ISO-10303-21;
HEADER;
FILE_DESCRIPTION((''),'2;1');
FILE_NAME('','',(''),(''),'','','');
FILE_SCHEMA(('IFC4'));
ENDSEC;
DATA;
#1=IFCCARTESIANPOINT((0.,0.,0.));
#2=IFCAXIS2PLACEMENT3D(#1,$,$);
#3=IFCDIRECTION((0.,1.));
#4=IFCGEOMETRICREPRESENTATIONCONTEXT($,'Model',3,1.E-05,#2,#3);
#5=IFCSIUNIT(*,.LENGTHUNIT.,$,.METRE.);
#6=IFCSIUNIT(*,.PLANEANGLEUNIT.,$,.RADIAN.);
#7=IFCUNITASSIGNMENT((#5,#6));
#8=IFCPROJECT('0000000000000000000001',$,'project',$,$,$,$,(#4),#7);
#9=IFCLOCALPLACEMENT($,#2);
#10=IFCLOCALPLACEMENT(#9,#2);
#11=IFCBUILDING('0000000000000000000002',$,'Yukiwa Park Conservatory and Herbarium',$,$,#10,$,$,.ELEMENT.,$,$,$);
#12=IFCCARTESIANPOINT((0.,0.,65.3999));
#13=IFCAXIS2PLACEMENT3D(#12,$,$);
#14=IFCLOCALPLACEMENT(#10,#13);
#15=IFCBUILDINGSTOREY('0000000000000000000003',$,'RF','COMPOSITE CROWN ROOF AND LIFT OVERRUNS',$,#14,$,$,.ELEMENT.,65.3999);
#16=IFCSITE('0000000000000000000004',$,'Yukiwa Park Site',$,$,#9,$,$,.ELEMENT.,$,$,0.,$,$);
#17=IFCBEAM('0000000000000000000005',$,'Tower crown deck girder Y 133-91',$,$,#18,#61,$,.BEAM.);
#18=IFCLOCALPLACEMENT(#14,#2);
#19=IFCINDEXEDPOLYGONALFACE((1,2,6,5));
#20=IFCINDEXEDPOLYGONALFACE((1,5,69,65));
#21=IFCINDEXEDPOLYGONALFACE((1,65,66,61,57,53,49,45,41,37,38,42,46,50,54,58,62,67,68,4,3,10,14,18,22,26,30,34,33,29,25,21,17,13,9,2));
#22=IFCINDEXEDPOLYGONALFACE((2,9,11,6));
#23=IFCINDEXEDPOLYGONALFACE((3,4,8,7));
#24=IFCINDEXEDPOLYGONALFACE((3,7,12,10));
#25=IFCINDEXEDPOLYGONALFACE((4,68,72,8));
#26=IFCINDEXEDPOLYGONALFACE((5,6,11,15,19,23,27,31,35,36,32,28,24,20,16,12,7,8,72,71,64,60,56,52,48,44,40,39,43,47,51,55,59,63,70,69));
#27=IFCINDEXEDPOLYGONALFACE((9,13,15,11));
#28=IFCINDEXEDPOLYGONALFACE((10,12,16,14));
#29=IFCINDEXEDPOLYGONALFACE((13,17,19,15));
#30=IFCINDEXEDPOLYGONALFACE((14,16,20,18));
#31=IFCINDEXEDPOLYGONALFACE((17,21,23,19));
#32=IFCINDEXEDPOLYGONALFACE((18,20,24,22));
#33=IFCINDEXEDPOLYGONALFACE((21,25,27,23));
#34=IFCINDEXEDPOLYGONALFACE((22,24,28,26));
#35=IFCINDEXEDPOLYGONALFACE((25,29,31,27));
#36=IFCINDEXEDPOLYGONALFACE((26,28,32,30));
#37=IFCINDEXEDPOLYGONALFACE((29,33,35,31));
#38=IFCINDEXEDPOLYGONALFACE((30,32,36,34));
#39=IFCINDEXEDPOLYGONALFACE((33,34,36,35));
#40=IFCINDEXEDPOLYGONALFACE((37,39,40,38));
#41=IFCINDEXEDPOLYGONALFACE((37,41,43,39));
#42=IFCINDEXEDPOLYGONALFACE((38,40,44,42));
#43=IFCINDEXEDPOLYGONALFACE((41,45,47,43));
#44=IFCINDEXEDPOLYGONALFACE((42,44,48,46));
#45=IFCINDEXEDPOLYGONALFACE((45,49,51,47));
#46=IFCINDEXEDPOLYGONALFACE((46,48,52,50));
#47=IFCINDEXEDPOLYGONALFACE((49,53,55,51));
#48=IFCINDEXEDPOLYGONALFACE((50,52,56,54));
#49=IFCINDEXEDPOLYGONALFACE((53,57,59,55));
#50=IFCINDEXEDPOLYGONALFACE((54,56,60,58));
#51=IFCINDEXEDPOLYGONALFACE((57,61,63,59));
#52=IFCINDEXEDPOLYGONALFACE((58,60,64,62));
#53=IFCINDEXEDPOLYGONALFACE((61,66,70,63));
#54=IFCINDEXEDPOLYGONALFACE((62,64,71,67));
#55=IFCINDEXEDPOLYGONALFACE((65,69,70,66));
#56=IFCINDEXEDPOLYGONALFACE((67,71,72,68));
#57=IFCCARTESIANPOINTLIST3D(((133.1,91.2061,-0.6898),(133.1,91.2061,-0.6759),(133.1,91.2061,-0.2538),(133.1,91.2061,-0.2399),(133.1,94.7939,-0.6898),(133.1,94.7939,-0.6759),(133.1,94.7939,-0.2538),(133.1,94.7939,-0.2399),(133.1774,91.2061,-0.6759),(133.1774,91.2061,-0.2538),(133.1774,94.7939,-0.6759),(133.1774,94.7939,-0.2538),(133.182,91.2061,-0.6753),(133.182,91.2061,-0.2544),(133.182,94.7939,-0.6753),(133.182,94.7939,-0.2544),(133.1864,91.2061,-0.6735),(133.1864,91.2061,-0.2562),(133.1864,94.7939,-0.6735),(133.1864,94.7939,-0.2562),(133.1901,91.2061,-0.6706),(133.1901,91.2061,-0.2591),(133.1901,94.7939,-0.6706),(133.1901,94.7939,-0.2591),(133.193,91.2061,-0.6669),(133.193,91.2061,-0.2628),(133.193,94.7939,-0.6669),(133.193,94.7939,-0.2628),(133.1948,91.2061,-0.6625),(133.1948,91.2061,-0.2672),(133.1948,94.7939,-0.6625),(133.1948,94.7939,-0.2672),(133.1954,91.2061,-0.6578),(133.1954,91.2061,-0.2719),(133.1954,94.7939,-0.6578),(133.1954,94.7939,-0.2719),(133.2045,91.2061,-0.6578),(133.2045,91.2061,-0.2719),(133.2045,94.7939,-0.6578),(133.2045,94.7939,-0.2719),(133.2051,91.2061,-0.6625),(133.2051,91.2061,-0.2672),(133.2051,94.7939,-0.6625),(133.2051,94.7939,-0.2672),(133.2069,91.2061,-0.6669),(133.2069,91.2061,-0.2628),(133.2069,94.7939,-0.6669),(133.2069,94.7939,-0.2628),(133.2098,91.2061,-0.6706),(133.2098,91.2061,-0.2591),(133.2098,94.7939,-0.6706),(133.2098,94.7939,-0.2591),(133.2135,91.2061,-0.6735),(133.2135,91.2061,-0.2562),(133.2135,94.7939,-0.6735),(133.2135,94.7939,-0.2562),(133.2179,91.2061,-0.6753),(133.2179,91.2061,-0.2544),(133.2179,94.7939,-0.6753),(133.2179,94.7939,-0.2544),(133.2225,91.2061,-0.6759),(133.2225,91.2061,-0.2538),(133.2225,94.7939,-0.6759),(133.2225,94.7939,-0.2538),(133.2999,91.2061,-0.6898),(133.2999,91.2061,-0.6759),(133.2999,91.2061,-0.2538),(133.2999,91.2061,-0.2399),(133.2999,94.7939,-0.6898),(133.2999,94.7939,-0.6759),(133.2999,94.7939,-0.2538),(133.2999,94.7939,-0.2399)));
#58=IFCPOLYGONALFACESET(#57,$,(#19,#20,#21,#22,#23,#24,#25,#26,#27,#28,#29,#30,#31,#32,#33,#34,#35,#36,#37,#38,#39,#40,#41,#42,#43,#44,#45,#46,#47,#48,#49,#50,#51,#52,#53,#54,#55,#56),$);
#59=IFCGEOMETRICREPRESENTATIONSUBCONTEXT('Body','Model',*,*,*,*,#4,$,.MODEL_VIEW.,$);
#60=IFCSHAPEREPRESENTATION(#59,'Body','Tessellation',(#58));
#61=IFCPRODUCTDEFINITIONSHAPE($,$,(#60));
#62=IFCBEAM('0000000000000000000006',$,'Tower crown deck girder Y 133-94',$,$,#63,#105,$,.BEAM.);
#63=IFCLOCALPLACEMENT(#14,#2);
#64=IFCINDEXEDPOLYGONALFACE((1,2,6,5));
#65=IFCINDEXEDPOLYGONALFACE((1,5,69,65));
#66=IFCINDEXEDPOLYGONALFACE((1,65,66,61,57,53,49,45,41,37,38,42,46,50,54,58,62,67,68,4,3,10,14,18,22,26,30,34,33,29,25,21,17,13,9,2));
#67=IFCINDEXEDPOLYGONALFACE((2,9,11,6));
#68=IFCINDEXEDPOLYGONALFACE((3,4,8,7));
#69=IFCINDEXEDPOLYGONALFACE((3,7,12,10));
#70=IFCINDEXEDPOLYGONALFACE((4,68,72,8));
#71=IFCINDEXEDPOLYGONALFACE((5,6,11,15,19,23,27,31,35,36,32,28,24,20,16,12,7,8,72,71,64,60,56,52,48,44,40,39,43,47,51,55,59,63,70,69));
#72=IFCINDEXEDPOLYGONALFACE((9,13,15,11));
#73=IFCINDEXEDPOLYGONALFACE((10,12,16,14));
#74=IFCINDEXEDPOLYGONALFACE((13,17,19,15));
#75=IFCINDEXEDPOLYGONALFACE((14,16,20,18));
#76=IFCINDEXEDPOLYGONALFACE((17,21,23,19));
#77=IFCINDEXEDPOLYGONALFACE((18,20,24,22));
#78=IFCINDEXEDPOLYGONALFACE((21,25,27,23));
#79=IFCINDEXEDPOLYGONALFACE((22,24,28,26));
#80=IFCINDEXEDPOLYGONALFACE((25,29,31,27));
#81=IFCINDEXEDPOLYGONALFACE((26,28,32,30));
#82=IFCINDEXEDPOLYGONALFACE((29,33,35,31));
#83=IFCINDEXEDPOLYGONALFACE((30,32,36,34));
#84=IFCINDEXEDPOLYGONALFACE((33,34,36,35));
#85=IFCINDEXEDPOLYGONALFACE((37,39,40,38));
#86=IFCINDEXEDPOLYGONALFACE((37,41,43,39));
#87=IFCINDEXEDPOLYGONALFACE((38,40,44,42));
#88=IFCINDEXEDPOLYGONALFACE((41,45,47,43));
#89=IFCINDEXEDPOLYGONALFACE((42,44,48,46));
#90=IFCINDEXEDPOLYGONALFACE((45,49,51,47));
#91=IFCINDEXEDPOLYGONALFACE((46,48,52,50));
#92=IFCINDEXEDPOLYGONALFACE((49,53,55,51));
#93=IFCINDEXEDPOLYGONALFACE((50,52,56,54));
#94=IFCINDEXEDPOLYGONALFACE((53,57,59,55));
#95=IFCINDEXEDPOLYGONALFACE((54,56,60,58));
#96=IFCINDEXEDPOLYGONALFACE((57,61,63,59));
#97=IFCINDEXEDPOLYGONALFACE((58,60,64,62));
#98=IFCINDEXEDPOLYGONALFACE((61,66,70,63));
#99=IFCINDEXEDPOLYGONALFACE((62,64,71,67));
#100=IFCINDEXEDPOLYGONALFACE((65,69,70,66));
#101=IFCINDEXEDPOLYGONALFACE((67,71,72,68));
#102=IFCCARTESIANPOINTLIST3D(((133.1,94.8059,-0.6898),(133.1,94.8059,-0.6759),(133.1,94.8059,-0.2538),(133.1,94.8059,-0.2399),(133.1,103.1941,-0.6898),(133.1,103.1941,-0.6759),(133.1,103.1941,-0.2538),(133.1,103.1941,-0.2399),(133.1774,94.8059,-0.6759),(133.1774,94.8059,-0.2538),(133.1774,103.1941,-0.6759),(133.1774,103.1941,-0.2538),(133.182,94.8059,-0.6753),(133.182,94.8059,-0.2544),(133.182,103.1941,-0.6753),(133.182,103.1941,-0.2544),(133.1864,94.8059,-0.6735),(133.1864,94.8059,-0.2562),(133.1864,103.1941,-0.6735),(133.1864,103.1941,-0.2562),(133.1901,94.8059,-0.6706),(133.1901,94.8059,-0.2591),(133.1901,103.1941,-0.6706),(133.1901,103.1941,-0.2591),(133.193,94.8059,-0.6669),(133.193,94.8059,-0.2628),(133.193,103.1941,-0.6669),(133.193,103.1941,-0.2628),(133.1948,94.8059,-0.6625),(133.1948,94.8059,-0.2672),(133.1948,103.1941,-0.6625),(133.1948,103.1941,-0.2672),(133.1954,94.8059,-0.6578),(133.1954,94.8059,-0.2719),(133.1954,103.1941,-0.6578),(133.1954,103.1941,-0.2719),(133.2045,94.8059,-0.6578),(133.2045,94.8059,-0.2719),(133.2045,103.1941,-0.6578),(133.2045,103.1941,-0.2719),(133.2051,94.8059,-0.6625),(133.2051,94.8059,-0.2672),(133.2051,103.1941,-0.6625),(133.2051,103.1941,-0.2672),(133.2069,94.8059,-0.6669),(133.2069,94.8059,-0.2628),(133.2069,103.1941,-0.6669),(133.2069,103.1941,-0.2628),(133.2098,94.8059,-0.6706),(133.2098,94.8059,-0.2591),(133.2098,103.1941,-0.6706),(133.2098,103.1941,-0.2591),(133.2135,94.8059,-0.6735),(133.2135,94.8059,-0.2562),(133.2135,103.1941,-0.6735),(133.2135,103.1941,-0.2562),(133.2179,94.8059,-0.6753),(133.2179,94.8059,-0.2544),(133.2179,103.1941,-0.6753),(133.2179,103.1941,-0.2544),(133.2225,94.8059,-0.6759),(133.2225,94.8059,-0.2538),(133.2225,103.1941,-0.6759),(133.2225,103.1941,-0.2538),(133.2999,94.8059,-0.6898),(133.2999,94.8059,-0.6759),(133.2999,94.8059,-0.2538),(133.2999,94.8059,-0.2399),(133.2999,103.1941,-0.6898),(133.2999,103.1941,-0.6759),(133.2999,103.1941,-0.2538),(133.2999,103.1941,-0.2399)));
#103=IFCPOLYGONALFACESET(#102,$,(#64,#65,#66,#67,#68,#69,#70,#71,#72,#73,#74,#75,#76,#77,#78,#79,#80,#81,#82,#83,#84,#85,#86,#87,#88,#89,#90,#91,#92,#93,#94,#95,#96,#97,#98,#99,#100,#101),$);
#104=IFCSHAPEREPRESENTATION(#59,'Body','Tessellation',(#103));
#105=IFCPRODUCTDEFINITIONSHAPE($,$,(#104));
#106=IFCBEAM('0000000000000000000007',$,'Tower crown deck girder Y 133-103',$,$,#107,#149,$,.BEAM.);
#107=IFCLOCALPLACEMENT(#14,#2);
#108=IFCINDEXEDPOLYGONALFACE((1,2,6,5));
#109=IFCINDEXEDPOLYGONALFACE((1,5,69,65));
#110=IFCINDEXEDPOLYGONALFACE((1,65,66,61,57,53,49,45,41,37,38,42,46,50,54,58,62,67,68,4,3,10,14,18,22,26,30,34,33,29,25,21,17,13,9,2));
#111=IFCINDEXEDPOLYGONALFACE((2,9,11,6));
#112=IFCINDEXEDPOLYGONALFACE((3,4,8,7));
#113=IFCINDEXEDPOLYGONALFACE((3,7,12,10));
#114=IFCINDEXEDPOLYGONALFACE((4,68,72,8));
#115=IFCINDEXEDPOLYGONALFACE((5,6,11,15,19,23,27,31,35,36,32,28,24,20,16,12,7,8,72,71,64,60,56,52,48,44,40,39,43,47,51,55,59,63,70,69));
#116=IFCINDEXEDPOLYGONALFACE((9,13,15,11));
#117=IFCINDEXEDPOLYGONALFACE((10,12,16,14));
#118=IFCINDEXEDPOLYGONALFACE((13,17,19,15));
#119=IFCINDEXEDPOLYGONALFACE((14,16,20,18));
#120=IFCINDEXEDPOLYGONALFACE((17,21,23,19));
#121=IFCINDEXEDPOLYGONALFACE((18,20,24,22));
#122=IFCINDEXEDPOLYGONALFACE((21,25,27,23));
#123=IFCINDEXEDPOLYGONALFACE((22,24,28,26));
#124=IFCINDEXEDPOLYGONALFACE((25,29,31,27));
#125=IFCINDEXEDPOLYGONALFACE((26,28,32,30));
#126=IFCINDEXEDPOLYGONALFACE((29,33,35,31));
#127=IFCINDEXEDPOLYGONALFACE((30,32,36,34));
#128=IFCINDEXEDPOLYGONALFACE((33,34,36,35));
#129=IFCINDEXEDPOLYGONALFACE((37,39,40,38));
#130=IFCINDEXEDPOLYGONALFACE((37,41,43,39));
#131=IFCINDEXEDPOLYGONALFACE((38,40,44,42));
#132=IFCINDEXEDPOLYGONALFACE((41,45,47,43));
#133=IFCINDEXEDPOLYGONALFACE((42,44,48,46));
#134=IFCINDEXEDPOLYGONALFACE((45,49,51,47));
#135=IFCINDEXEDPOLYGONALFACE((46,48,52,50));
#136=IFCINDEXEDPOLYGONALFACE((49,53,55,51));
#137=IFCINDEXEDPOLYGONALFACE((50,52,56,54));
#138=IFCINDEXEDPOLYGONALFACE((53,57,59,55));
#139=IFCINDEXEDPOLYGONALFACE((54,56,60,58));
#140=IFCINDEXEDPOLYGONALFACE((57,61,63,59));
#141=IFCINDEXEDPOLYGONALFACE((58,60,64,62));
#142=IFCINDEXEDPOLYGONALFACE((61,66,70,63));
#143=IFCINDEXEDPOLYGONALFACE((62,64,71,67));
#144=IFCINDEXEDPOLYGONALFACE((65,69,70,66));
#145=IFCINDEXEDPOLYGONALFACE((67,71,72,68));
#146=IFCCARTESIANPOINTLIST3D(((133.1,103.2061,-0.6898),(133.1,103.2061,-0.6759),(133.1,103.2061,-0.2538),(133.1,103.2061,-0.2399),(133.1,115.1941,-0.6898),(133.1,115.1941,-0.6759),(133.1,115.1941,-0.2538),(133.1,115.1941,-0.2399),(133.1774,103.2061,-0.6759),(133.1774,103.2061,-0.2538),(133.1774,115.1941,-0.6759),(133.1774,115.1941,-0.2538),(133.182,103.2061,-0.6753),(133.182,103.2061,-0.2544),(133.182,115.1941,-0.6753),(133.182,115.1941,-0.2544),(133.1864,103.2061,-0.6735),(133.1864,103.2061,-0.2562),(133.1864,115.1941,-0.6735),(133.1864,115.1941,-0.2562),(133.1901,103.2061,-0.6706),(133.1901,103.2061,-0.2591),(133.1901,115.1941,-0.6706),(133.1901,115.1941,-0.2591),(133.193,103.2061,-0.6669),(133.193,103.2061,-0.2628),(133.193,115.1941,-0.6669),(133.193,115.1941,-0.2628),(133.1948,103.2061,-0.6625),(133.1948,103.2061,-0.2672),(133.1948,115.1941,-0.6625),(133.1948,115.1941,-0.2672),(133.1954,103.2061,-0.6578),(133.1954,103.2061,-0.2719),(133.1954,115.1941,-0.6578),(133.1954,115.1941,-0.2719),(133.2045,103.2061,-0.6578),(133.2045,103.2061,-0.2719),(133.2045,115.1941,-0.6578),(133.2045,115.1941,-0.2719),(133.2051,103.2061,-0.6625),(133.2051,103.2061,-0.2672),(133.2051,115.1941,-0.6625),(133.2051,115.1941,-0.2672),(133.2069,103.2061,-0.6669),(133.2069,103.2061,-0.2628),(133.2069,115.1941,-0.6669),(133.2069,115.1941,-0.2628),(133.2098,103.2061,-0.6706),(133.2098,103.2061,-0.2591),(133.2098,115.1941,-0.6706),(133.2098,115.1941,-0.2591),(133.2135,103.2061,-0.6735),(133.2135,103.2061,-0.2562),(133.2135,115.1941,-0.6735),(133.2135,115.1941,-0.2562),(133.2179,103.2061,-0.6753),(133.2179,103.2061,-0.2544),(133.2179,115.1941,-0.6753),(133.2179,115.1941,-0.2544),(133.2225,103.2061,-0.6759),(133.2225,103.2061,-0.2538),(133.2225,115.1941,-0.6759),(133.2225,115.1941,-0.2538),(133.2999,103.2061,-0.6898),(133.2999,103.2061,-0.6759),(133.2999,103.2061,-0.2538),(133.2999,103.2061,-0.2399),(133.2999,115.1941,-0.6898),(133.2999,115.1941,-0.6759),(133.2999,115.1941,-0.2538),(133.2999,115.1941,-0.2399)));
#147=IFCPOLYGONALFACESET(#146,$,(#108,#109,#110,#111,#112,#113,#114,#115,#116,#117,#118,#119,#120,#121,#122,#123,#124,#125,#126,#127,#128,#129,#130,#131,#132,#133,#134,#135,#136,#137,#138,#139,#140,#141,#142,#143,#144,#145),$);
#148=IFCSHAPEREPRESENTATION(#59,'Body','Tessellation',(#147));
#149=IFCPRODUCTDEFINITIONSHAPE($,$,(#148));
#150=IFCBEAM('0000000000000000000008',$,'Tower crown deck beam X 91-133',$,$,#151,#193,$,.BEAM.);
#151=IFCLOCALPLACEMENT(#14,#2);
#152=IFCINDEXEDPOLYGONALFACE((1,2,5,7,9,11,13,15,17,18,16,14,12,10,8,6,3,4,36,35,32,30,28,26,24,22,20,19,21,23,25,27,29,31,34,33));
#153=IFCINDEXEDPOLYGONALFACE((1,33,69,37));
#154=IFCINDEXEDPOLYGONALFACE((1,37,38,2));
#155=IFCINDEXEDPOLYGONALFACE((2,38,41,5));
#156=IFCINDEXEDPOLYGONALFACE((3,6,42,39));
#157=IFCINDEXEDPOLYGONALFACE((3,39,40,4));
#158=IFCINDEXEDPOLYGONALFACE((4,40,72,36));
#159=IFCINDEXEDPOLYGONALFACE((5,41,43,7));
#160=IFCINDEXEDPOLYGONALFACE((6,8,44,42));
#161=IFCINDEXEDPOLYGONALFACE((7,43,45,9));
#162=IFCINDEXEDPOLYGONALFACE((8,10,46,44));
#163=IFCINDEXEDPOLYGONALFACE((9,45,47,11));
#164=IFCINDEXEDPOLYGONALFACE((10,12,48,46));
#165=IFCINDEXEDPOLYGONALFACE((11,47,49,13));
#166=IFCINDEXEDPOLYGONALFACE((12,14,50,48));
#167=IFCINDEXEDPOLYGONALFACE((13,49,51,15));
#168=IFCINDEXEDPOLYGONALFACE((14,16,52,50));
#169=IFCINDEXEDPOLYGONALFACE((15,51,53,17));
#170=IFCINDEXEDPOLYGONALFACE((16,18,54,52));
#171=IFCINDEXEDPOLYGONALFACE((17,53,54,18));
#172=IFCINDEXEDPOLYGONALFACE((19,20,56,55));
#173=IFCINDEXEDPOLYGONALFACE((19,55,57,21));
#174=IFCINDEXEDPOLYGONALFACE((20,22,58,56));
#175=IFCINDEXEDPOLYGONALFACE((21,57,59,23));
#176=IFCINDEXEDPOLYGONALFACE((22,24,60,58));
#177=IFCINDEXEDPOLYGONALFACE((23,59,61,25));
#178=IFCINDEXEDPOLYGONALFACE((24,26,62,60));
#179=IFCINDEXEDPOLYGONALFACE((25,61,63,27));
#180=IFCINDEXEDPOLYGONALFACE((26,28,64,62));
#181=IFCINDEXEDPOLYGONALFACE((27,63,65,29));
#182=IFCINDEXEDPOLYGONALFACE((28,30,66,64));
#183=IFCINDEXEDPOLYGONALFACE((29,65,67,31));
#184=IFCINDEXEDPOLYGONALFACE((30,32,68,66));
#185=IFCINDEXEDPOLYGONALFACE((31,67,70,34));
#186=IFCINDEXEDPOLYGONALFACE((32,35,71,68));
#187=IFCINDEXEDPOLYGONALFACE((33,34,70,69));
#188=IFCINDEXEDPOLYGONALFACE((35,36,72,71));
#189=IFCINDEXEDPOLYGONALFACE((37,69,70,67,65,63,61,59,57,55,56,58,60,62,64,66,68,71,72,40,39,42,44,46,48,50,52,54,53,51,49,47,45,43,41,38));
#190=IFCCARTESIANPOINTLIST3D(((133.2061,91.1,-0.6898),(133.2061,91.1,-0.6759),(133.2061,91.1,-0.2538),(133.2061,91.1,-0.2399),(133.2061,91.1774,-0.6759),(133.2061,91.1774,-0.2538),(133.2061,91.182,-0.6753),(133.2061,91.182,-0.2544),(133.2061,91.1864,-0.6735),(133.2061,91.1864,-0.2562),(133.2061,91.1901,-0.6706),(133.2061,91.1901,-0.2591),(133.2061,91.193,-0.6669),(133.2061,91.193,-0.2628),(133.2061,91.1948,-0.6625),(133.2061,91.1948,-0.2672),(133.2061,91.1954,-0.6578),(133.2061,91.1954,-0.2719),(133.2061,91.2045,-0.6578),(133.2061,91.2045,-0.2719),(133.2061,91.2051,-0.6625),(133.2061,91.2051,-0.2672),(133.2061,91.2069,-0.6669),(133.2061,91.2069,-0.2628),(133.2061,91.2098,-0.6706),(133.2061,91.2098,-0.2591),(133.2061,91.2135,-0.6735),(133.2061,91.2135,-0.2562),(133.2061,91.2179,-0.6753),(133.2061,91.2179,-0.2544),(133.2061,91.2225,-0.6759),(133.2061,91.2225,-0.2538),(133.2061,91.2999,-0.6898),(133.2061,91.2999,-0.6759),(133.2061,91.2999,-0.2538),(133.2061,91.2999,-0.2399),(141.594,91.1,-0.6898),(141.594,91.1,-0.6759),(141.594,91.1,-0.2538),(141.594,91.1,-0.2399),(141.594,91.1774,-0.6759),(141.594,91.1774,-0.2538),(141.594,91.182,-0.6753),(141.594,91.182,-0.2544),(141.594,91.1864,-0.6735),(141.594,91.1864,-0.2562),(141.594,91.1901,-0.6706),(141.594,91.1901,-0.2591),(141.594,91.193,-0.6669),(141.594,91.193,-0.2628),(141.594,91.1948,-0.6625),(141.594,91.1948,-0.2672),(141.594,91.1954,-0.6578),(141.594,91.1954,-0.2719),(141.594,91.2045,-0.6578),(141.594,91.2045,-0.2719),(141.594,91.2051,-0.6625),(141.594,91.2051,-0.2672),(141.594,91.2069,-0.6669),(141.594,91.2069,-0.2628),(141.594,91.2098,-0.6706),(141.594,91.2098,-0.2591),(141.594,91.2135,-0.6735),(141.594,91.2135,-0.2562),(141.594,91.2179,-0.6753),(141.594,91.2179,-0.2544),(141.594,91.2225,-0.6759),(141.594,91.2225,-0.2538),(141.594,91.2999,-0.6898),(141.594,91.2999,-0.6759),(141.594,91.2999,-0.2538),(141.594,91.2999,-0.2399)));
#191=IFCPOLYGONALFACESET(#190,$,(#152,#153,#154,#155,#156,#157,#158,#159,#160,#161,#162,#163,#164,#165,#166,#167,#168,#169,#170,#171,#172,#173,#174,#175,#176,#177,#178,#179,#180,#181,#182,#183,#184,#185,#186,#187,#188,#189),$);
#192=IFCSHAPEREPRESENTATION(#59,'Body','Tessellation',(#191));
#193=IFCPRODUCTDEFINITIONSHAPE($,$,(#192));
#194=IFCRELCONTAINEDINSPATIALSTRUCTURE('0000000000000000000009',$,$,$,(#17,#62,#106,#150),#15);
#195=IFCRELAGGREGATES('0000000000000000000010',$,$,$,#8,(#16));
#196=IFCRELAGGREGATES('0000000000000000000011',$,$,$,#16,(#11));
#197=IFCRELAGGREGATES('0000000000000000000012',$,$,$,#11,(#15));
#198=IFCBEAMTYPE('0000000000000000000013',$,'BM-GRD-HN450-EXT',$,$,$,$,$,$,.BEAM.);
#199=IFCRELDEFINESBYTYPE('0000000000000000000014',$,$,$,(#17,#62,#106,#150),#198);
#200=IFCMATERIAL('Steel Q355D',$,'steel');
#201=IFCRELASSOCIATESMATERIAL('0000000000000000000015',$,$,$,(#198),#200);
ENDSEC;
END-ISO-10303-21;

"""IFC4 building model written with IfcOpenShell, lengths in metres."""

from ifc_helpers import new_model, si_unit, direction, frame, origin, origin_2d, place, context, subcontext, project, spatial, i_section, extrude, material, material_profile, profile_set, type_object, element, save


model = new_model("IFC4")

# Units and contexts
model_context = context("Model", 3, precision=1e-05, world=origin(), true_north=direction((0.0, 1.0)))
body_context = subcontext(model_context, "Body", "Model", "MODEL_VIEW")
ifc_project = project(units=[si_unit("LENGTHUNIT", "METRE"), si_unit("PLANEANGLEUNIT", "RADIAN")], contexts=[model_context])

# Site, building, storey
site_placement = place(None, origin())
site = spatial("IfcSite", under=ifc_project, at=site_placement, Name="Yukiwa Park Site", CompositionType="ELEMENT", RefElevation=0.0)
building_placement = place(site_placement, origin())
building = spatial("IfcBuilding", under=site, at=building_placement, Name="Yukiwa Park Conservatory and Herbarium", CompositionType="ELEMENT")
storey_placement = place(building_placement, frame((0.0, 0.0, 65.3999)))
storey = spatial("IfcBuildingStorey", under=building, at=storey_placement, Name="RF", Description="COMPOSITE CROWN ROOF AND LIFT OVERRUNS", CompositionType="ELEMENT", Elevation=65.3999)

# Beams
ifc_material_1 = material(Name="Steel Q355D", Category="steel")
ifc_material_profile_1 = material_profile(ifc_material_1, i_section(OverallWidth=0.2, OverallDepth=0.45, WebThickness=0.009, FlangeThickness=0.0139, FilletRadius=0.0181, at=origin_2d()), Name="HN 450x200x9x14")
ifc_profile_set_1 = profile_set([ifc_material_profile_1], Name="Steel Q355D")
beam_type_1 = type_object("IfcBeamType", Name="BM-GRD-HN450-EXT", PredefinedType="BEAM", material=ifc_profile_set_1)
beam_1_placement = place(storey_placement, frame((133.2, 91.2061, -0.4648), z_axis=(0.0, 1.0, 0.0), x_axis=(-1.0, 0.0, 0.0)))
element("IfcBeam", 1, at=beam_1_placement, inside=storey, type_object=beam_type_1, Name="Tower crown deck girder Y 133-91", PredefinedType="BEAM", context=body_context, shape_type="SweptSolid", body=[
    extrude(i_section(OverallWidth=0.2, OverallDepth=0.45, WebThickness=0.009, FlangeThickness=0.0139, FilletRadius=0.0181, at=origin_2d()), origin(), (0.0, 0.0, 1.0), 3.5879),
])
beam_2_placement = place(storey_placement, frame((133.2, 94.8059, -0.4648), z_axis=(0.0, 1.0, 0.0), x_axis=(-1.0, 0.0, 0.0)))
element("IfcBeam", 2, at=beam_2_placement, inside=storey, type_object=beam_type_1, Name="Tower crown deck girder Y 133-94", PredefinedType="BEAM", context=body_context, shape_type="SweptSolid", body=[
    extrude(i_section(OverallWidth=0.2, OverallDepth=0.45, WebThickness=0.009, FlangeThickness=0.0139, FilletRadius=0.0181, at=origin_2d()), origin(), (0.0, 0.0, 1.0), 8.3882),
])
beam_3_placement = place(storey_placement, frame((133.2, 103.2061, -0.4648), z_axis=(0.0, 1.0, 0.0), x_axis=(-1.0, 0.0, 0.0)))
element("IfcBeam", 3, at=beam_3_placement, inside=storey, type_object=beam_type_1, Name="Tower crown deck girder Y 133-103", PredefinedType="BEAM", context=body_context, shape_type="SweptSolid", body=[
    extrude(i_section(OverallWidth=0.2, OverallDepth=0.45, WebThickness=0.009, FlangeThickness=0.0139, FilletRadius=0.0181, at=origin_2d()), origin(), (0.0, 0.0, 1.0), 11.988),
])
for number, where, z_axis, x_axis, name in (
    (4, (133.2061, 91.2, -0.4648), (1.0, 0.0, 0.0), (0.0, 1.0, 0.0), "Tower crown deck beam X 91-133"),
):
    element("IfcBeam", number, at=place(storey_placement, frame(where, z_axis=z_axis, x_axis=x_axis)), inside=storey, type_object=beam_type_1, Name=name, PredefinedType="BEAM", context=body_context, shape_type="SweptSolid", body=[
        extrude(i_section(OverallWidth=0.2, OverallDepth=0.45, WebThickness=0.009, FlangeThickness=0.0139, FilletRadius=0.0181, at=origin_2d()), origin(), (0.0, 0.0, 1.0), 8.3879),
    ])

save(model, "model.ifc")
